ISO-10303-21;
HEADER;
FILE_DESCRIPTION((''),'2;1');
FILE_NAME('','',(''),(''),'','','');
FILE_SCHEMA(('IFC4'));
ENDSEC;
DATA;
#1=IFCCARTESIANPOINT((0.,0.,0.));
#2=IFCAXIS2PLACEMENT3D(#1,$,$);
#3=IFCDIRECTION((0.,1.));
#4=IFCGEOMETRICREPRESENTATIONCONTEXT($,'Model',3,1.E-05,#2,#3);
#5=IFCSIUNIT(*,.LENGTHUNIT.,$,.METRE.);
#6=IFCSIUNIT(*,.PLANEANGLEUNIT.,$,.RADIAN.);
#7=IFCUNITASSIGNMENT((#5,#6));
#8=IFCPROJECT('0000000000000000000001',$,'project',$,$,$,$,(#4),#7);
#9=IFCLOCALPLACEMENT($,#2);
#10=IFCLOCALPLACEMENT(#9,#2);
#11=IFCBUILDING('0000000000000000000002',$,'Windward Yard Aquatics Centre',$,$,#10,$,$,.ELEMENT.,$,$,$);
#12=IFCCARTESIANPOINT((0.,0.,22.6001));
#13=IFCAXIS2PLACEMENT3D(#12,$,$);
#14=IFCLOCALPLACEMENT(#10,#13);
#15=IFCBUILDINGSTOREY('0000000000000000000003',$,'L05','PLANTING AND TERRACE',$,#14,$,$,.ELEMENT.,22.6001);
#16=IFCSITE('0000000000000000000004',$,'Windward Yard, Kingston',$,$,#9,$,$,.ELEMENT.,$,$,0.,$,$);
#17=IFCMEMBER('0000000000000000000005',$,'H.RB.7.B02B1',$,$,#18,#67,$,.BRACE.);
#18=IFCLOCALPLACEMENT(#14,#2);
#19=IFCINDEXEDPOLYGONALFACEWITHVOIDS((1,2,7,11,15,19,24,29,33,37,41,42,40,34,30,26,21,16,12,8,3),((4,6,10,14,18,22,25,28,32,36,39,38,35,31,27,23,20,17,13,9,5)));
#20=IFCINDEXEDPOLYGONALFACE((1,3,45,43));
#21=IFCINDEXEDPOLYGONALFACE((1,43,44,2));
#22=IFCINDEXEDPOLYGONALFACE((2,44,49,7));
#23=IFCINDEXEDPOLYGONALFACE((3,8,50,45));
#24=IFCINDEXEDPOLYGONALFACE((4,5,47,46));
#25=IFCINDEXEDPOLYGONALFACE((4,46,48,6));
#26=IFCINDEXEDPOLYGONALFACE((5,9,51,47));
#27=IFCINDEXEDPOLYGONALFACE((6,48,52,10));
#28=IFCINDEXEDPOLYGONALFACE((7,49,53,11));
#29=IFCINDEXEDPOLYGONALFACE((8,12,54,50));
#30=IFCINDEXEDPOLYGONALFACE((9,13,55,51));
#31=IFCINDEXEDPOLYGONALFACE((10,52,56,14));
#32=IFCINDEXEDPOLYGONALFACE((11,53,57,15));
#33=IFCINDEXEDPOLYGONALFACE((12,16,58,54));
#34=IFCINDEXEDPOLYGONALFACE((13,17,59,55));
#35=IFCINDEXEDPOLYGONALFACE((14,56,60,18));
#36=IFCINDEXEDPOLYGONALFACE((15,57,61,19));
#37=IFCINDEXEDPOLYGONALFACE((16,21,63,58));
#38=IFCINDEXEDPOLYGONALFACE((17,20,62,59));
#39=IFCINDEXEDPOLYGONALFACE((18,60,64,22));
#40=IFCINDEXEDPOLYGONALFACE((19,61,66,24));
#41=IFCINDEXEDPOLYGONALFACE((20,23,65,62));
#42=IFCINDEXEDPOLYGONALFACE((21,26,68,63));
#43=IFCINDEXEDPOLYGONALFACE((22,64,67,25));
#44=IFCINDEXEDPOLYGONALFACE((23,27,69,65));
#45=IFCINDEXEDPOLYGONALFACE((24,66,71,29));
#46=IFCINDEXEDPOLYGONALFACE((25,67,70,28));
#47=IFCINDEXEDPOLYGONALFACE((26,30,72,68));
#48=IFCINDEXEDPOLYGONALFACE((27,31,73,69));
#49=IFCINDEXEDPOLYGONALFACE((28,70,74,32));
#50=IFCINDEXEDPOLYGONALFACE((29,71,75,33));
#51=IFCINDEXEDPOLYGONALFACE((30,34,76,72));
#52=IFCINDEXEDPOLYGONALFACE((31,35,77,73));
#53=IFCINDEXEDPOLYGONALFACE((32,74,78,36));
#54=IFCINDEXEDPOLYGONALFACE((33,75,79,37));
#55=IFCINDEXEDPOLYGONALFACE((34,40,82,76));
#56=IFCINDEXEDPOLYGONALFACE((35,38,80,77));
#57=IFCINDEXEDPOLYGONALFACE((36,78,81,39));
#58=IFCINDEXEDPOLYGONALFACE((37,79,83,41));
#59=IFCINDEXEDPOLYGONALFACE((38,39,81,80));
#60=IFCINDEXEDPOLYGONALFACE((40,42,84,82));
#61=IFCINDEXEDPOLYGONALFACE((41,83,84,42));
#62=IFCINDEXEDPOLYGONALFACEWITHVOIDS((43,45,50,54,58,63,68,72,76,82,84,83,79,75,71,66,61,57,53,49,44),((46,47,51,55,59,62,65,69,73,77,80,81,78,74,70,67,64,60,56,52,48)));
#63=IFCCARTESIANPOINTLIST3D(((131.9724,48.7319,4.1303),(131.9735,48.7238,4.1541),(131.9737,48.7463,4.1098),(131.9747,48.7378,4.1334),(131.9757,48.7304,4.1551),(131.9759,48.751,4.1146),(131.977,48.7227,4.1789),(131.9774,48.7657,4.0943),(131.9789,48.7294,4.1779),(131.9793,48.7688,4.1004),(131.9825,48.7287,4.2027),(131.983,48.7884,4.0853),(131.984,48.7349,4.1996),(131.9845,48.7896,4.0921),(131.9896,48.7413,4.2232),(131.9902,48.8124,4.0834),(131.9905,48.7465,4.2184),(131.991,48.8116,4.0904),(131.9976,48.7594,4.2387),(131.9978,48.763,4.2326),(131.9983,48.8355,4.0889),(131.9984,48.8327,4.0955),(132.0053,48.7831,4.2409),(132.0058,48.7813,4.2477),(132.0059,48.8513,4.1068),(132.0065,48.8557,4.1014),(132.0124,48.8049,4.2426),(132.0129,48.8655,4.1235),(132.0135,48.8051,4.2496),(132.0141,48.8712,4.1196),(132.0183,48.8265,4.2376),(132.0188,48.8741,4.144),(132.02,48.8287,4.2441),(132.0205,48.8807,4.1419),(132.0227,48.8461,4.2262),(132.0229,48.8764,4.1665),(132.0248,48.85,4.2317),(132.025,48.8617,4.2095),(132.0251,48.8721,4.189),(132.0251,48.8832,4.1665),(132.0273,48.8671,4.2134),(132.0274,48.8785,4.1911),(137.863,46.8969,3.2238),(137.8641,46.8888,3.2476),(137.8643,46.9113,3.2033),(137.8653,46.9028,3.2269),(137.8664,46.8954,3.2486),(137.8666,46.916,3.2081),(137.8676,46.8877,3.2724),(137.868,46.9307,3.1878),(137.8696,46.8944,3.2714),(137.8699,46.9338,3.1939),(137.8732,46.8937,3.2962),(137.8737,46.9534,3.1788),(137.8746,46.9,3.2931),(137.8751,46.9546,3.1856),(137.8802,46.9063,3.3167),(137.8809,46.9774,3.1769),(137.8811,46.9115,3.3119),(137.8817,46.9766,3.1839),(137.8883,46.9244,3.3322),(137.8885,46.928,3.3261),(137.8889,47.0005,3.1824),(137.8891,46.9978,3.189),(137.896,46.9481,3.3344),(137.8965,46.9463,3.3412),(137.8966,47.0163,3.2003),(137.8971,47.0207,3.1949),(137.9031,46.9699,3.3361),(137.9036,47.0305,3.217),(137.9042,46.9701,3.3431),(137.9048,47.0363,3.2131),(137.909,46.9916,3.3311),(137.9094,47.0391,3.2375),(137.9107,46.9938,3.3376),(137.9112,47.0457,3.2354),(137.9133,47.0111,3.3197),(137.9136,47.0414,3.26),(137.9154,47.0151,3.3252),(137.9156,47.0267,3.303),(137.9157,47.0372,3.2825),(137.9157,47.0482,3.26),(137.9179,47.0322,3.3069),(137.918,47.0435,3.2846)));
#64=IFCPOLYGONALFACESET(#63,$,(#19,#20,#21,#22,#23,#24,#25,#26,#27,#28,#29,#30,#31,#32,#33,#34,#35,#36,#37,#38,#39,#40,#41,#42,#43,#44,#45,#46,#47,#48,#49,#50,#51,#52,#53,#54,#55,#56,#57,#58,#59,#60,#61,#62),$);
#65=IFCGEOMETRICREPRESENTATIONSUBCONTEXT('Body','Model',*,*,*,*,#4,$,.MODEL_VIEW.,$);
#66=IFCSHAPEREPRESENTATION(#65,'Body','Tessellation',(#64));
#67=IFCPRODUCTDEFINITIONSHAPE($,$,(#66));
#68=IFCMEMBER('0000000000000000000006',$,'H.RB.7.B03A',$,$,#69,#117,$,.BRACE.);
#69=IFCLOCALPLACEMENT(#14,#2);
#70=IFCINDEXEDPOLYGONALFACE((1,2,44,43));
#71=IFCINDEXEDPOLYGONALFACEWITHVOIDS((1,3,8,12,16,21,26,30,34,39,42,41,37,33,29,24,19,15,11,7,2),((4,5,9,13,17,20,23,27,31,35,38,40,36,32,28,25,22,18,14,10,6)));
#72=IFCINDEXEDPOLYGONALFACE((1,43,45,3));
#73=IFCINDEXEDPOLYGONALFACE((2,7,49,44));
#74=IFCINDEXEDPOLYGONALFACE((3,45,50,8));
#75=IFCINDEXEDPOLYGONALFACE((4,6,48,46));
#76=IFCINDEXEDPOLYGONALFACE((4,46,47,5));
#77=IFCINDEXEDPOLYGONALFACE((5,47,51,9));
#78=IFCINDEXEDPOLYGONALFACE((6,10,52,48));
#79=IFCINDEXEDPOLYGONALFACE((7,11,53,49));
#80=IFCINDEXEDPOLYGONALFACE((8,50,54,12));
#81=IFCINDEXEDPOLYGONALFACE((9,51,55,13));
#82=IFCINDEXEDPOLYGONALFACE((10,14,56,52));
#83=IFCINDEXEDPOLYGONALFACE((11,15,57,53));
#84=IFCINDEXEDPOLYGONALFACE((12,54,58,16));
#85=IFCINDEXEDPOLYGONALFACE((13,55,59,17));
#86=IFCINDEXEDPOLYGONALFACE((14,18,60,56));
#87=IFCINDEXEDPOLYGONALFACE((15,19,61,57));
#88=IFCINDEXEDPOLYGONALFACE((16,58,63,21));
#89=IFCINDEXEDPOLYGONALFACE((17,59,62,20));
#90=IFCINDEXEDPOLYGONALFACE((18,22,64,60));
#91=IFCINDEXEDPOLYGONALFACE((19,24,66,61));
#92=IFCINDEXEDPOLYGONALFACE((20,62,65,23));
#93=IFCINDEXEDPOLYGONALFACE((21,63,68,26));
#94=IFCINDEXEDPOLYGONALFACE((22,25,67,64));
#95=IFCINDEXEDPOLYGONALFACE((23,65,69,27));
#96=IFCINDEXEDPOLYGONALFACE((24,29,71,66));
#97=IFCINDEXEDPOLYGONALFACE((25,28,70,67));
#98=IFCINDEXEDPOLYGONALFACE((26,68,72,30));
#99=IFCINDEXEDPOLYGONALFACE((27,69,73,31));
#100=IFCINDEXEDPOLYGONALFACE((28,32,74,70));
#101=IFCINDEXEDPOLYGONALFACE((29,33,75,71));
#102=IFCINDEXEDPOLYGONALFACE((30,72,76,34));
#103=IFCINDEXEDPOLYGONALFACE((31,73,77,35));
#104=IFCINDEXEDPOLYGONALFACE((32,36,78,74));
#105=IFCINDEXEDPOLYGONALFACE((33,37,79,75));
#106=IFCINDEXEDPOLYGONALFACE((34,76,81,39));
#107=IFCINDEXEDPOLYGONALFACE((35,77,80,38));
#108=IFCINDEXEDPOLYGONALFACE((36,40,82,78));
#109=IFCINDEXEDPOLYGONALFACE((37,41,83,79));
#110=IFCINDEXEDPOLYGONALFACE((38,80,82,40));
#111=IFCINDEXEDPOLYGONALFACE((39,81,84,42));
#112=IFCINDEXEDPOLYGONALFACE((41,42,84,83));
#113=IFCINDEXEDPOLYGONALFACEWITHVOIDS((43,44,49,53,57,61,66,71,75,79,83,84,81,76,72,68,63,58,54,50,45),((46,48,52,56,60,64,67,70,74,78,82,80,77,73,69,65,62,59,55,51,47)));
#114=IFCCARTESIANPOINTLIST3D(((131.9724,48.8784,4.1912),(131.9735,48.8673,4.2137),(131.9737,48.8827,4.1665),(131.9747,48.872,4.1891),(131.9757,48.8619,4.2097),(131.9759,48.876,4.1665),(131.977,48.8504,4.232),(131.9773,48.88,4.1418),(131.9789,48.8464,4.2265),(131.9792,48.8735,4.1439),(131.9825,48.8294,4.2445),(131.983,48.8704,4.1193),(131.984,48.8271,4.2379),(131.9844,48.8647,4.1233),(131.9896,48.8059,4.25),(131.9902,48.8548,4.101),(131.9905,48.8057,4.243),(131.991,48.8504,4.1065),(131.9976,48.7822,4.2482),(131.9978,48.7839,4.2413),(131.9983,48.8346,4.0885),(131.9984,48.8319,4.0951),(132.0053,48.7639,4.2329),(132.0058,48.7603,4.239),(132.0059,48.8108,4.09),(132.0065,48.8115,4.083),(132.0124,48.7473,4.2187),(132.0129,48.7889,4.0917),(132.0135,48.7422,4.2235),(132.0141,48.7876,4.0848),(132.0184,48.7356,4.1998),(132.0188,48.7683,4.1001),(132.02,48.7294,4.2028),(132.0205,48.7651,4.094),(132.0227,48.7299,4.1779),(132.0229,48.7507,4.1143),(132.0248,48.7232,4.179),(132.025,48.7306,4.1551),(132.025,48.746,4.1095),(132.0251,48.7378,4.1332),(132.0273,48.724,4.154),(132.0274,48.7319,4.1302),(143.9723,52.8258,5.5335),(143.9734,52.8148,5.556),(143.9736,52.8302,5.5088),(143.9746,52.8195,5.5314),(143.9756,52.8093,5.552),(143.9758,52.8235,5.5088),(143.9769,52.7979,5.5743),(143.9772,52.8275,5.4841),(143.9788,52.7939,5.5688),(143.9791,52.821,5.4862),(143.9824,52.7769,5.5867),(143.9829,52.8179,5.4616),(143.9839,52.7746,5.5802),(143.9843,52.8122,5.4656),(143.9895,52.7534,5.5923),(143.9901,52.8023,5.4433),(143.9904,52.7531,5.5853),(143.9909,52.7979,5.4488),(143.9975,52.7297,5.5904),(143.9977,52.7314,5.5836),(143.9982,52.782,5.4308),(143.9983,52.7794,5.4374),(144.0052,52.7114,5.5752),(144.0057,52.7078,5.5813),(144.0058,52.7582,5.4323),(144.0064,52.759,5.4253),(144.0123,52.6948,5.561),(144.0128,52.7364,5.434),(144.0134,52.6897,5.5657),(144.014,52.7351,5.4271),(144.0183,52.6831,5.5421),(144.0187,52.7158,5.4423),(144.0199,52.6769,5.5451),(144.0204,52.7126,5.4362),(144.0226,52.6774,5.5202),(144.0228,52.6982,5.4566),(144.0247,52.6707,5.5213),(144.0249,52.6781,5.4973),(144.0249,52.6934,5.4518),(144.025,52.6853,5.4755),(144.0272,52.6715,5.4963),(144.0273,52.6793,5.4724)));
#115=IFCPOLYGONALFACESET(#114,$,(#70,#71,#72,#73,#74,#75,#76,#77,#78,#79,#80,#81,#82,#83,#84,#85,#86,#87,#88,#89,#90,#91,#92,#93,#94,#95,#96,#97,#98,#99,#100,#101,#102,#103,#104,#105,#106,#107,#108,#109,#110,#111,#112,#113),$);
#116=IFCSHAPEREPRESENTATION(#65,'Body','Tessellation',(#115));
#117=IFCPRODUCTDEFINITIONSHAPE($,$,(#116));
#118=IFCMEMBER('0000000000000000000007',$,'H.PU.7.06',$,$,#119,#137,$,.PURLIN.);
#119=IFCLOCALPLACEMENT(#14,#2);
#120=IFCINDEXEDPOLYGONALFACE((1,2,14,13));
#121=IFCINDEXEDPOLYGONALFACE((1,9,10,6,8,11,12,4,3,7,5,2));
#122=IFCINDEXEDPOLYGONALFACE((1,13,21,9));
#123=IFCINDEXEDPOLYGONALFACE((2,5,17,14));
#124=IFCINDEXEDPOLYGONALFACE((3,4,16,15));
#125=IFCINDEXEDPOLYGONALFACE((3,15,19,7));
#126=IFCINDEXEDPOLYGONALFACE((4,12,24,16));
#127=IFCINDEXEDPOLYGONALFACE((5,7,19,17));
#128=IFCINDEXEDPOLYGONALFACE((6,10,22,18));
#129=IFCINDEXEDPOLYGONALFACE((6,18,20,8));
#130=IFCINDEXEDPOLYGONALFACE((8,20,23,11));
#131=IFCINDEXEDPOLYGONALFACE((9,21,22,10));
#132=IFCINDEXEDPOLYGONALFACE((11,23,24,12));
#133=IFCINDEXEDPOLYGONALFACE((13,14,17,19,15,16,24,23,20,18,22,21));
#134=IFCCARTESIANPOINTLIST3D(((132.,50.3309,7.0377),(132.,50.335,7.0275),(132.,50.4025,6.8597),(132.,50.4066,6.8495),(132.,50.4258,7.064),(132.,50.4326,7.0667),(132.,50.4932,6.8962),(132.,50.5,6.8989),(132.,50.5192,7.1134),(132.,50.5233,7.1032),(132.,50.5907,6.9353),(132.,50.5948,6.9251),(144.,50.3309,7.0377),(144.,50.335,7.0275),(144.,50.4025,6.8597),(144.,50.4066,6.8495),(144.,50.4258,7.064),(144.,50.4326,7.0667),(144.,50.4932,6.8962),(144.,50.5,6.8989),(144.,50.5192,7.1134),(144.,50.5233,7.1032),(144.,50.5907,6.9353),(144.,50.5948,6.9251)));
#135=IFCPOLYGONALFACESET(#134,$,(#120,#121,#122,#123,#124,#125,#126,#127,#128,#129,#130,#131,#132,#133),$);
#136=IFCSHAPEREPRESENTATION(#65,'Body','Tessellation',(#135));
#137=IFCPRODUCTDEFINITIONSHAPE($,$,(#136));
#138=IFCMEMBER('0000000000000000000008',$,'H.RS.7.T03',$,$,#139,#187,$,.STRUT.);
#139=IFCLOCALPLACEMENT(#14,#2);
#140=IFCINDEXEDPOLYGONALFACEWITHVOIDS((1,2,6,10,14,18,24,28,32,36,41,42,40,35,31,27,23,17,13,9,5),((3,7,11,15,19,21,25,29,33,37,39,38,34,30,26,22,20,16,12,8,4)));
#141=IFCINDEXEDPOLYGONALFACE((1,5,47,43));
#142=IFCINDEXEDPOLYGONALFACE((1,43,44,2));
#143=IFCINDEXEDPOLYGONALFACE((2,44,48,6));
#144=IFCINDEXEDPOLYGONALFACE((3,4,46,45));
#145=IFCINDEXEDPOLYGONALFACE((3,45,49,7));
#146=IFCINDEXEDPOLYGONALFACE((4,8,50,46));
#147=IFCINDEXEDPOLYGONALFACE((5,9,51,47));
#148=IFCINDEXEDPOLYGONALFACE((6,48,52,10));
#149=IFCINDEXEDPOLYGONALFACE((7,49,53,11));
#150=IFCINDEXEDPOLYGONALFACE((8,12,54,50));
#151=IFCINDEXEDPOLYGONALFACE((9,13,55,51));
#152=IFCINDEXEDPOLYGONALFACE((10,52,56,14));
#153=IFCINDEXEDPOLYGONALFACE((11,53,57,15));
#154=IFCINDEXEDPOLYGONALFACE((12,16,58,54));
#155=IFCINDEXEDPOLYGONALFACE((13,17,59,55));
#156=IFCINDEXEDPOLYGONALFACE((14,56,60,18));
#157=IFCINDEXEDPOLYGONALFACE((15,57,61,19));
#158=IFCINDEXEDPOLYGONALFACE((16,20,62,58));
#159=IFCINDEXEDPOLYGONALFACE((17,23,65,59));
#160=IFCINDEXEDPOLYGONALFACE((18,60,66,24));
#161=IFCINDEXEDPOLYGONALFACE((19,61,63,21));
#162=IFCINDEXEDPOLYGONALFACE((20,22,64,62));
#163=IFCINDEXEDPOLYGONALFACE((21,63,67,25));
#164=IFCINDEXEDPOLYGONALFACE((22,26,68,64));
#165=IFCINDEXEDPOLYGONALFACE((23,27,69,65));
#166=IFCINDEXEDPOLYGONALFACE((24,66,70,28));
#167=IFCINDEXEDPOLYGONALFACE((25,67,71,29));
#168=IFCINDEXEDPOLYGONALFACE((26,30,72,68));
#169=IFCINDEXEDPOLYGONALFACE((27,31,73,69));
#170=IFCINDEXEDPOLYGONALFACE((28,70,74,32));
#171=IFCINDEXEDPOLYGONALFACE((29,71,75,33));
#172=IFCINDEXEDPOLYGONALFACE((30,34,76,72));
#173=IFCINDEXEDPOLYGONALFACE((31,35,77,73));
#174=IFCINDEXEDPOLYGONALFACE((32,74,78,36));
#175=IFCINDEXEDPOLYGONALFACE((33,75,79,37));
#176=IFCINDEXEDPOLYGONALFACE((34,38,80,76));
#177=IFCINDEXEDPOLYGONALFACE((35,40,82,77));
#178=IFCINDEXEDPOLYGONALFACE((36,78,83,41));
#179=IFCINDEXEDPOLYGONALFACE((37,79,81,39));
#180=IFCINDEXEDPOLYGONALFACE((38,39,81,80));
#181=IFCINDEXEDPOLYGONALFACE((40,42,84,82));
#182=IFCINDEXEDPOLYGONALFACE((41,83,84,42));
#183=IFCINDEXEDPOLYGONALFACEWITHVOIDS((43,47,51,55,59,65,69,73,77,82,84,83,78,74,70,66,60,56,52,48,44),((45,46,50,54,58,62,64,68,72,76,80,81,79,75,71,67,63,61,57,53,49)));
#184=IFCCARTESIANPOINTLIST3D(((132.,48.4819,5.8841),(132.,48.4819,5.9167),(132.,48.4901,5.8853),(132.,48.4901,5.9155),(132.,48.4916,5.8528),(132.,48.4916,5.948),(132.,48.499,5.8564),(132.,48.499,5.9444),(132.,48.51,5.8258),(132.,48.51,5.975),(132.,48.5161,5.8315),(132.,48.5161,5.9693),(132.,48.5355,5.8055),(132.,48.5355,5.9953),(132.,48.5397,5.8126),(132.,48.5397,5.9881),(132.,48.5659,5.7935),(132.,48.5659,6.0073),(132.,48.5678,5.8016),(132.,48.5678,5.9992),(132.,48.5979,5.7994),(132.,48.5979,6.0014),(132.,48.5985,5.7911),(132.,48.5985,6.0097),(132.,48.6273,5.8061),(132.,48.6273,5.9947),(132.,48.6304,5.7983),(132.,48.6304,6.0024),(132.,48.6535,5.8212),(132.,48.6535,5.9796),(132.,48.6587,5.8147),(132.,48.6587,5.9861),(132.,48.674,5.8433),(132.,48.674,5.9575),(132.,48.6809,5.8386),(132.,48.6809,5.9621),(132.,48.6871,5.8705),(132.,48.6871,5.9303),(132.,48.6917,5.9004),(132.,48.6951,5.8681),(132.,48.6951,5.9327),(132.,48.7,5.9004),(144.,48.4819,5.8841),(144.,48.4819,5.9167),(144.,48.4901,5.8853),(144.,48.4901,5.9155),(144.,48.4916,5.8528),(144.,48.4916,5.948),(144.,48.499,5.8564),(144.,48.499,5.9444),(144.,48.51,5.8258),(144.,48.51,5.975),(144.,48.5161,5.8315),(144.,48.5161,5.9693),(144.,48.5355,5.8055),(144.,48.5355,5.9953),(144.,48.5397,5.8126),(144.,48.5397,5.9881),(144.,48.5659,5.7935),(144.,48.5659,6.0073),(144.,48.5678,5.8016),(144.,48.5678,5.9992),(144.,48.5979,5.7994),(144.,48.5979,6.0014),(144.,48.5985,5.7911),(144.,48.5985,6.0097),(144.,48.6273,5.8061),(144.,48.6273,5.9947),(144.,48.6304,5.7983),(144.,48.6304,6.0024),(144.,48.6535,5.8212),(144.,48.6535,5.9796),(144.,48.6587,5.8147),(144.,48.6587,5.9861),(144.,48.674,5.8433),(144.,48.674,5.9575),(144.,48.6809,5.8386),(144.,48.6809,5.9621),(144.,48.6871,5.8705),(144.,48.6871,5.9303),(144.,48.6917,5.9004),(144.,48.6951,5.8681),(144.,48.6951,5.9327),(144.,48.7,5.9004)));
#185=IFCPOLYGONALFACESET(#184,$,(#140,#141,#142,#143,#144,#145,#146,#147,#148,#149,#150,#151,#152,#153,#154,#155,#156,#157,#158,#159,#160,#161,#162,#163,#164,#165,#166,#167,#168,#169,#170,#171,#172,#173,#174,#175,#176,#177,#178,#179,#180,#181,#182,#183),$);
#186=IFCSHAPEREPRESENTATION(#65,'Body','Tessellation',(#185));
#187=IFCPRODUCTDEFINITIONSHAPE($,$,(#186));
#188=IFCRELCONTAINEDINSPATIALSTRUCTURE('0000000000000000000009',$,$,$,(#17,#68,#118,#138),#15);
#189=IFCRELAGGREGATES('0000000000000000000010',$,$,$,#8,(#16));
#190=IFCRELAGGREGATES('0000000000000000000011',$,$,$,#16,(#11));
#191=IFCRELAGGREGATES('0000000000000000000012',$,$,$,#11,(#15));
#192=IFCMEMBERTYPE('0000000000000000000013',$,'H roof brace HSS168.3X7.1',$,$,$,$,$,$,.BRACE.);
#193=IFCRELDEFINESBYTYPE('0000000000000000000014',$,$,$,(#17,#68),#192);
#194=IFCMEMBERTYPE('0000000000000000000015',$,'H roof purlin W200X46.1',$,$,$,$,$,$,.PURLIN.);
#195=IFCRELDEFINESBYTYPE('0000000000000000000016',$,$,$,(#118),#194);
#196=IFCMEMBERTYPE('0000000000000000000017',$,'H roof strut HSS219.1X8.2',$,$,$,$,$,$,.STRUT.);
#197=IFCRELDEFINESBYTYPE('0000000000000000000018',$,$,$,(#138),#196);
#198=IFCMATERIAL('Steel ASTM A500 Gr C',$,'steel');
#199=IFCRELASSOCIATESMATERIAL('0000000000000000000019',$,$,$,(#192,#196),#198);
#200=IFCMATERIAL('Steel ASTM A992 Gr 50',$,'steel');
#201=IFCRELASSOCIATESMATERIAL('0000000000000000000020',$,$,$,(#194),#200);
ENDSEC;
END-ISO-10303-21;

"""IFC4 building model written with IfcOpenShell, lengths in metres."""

from ifc_helpers import new_model, si_unit, direction, frame, origin, origin_2d, place, context, subcontext, project, spatial, hollow_circle, i_section, extrude, material, material_profile, profile_set, type_object, element, save


model = new_model("IFC4")

# Units and contexts
model_context = context("Model", 3, precision=1e-05, world=origin(), true_north=direction((0.0, 1.0)))
body_context = subcontext(model_context, "Body", "Model", "MODEL_VIEW")
ifc_project = project(units=[si_unit("LENGTHUNIT", "METRE"), si_unit("PLANEANGLEUNIT", "RADIAN")], contexts=[model_context])

# Site, building, storey
site_placement = place(None, origin())
site = spatial("IfcSite", under=ifc_project, at=site_placement, Name="Windward Yard, Kingston", CompositionType="ELEMENT", RefElevation=0.0)
building_placement = place(site_placement, origin())
building = spatial("IfcBuilding", under=site, at=building_placement, Name="Windward Yard Aquatics Centre", CompositionType="ELEMENT")
storey_placement = place(building_placement, frame((0.0, 0.0, 22.6001)))
storey = spatial("IfcBuildingStorey", under=building, at=storey_placement, Name="L05", Description="PLANTING AND TERRACE", CompositionType="ELEMENT", Elevation=22.6001)

# Members
ifc_material_1 = material(Name="Steel ASTM A500 Gr C", Category="steel")
ifc_material_profile_1 = material_profile(ifc_material_1, hollow_circle(Radius=0.0842, WallThickness=0.0071, at=origin_2d()), Name="HSS168.3X7.1")
ifc_profile_set_1 = profile_set([ifc_material_profile_1], Name="Steel ASTM A500 Gr C")
member_type_1 = type_object("IfcMemberType", Name="H roof brace HSS168.3X7.1", PredefinedType="BRACE", material=ifc_profile_set_1)
member_1_placement = place(storey_placement, frame((132.0, 48.8027, 4.1665), z_axis=(0.944609, -0.294251, -0.145364), x_axis=(0.29741, 0.95475, 0.0)))
element("IfcMember", 1, at=member_1_placement, inside=storey, type_object=member_type_1, Name="H.RB.7.B02B1", PredefinedType="BRACE", context=body_context, shape_type="SweptSolid", body=[
    extrude(hollow_circle(Radius=0.0842, WallThickness=0.0071, at=origin_2d()), origin(), (0.0, 0.0, 1.0), 6.2361),
])
member_2_placement = place(storey_placement, frame((132.0, 48.8027, 4.1665), z_axis=(0.944605, 0.310736, 0.105661), x_axis=(-0.312486, 0.949922, 0.0)))
element("IfcMember", 2, at=member_2_placement, inside=storey, type_object=member_type_1, Name="H.RB.7.B03A", PredefinedType="BRACE", context=body_context, shape_type="SweptSolid", body=[
    extrude(hollow_circle(Radius=0.0842, WallThickness=0.0071, at=origin_2d()), origin(), (0.0, 0.0, 1.0), 12.7036),
])
ifc_material_2 = material(Name="Steel ASTM A992 Gr 50", Category="steel")
ifc_material_profile_2 = material_profile(ifc_material_2, i_section(OverallWidth=0.2029, OverallDepth=0.2029, WebThickness=0.0073, FlangeThickness=0.011, at=origin_2d()), Name="W200X46.1")
ifc_profile_set_2 = profile_set([ifc_material_profile_2], Name="Steel ASTM A992 Gr 50")
member_type_2 = type_object("IfcMemberType", Name="H roof purlin W200X46.1", PredefinedType="PURLIN", material=ifc_profile_set_2)
member_3_placement = place(storey_placement, frame((132.0, 50.4629, 6.9814), z_axis=(1.0, 0.0, 0.0), x_axis=(0.0, 0.927869, 0.372907)))
element("IfcMember", 3, at=member_3_placement, inside=storey, type_object=member_type_2, Name="H.PU.7.06", PredefinedType="PURLIN", context=body_context, shape_type="SweptSolid", body=[
    extrude(i_section(OverallWidth=0.2029, OverallDepth=0.2029, WebThickness=0.0073, FlangeThickness=0.011, at=origin_2d()), origin(), (0.0, 0.0, 1.0), 12.0),
])
ifc_material_profile_3 = material_profile(ifc_material_1, hollow_circle(Radius=0.1096, WallThickness=0.0083, at=origin_2d()), Name="HSS219.1X8.2")
ifc_profile_set_3 = profile_set([ifc_material_profile_3], Name="Steel ASTM A500 Gr C")
member_type_3 = type_object("IfcMemberType", Name="H roof strut HSS219.1X8.2", PredefinedType="STRUT", material=ifc_profile_set_3)
for number, where, z_axis, x_axis, name in (
    (4, (132.0, 48.5903, 5.9004), (1.0, 0.0, 0.0), (0.0, 1.0, 0.0), "H.RS.7.T03"),
):
    element("IfcMember", number, at=place(storey_placement, frame(where, z_axis=z_axis, x_axis=x_axis)), inside=storey, type_object=member_type_3, Name=name, PredefinedType="STRUT", context=body_context, shape_type="SweptSolid", body=[
        extrude(hollow_circle(Radius=0.1096, WallThickness=0.0083, at=origin_2d()), origin(), (0.0, 0.0, 1.0), 12.0),
    ])

save(model, "model.ifc")
